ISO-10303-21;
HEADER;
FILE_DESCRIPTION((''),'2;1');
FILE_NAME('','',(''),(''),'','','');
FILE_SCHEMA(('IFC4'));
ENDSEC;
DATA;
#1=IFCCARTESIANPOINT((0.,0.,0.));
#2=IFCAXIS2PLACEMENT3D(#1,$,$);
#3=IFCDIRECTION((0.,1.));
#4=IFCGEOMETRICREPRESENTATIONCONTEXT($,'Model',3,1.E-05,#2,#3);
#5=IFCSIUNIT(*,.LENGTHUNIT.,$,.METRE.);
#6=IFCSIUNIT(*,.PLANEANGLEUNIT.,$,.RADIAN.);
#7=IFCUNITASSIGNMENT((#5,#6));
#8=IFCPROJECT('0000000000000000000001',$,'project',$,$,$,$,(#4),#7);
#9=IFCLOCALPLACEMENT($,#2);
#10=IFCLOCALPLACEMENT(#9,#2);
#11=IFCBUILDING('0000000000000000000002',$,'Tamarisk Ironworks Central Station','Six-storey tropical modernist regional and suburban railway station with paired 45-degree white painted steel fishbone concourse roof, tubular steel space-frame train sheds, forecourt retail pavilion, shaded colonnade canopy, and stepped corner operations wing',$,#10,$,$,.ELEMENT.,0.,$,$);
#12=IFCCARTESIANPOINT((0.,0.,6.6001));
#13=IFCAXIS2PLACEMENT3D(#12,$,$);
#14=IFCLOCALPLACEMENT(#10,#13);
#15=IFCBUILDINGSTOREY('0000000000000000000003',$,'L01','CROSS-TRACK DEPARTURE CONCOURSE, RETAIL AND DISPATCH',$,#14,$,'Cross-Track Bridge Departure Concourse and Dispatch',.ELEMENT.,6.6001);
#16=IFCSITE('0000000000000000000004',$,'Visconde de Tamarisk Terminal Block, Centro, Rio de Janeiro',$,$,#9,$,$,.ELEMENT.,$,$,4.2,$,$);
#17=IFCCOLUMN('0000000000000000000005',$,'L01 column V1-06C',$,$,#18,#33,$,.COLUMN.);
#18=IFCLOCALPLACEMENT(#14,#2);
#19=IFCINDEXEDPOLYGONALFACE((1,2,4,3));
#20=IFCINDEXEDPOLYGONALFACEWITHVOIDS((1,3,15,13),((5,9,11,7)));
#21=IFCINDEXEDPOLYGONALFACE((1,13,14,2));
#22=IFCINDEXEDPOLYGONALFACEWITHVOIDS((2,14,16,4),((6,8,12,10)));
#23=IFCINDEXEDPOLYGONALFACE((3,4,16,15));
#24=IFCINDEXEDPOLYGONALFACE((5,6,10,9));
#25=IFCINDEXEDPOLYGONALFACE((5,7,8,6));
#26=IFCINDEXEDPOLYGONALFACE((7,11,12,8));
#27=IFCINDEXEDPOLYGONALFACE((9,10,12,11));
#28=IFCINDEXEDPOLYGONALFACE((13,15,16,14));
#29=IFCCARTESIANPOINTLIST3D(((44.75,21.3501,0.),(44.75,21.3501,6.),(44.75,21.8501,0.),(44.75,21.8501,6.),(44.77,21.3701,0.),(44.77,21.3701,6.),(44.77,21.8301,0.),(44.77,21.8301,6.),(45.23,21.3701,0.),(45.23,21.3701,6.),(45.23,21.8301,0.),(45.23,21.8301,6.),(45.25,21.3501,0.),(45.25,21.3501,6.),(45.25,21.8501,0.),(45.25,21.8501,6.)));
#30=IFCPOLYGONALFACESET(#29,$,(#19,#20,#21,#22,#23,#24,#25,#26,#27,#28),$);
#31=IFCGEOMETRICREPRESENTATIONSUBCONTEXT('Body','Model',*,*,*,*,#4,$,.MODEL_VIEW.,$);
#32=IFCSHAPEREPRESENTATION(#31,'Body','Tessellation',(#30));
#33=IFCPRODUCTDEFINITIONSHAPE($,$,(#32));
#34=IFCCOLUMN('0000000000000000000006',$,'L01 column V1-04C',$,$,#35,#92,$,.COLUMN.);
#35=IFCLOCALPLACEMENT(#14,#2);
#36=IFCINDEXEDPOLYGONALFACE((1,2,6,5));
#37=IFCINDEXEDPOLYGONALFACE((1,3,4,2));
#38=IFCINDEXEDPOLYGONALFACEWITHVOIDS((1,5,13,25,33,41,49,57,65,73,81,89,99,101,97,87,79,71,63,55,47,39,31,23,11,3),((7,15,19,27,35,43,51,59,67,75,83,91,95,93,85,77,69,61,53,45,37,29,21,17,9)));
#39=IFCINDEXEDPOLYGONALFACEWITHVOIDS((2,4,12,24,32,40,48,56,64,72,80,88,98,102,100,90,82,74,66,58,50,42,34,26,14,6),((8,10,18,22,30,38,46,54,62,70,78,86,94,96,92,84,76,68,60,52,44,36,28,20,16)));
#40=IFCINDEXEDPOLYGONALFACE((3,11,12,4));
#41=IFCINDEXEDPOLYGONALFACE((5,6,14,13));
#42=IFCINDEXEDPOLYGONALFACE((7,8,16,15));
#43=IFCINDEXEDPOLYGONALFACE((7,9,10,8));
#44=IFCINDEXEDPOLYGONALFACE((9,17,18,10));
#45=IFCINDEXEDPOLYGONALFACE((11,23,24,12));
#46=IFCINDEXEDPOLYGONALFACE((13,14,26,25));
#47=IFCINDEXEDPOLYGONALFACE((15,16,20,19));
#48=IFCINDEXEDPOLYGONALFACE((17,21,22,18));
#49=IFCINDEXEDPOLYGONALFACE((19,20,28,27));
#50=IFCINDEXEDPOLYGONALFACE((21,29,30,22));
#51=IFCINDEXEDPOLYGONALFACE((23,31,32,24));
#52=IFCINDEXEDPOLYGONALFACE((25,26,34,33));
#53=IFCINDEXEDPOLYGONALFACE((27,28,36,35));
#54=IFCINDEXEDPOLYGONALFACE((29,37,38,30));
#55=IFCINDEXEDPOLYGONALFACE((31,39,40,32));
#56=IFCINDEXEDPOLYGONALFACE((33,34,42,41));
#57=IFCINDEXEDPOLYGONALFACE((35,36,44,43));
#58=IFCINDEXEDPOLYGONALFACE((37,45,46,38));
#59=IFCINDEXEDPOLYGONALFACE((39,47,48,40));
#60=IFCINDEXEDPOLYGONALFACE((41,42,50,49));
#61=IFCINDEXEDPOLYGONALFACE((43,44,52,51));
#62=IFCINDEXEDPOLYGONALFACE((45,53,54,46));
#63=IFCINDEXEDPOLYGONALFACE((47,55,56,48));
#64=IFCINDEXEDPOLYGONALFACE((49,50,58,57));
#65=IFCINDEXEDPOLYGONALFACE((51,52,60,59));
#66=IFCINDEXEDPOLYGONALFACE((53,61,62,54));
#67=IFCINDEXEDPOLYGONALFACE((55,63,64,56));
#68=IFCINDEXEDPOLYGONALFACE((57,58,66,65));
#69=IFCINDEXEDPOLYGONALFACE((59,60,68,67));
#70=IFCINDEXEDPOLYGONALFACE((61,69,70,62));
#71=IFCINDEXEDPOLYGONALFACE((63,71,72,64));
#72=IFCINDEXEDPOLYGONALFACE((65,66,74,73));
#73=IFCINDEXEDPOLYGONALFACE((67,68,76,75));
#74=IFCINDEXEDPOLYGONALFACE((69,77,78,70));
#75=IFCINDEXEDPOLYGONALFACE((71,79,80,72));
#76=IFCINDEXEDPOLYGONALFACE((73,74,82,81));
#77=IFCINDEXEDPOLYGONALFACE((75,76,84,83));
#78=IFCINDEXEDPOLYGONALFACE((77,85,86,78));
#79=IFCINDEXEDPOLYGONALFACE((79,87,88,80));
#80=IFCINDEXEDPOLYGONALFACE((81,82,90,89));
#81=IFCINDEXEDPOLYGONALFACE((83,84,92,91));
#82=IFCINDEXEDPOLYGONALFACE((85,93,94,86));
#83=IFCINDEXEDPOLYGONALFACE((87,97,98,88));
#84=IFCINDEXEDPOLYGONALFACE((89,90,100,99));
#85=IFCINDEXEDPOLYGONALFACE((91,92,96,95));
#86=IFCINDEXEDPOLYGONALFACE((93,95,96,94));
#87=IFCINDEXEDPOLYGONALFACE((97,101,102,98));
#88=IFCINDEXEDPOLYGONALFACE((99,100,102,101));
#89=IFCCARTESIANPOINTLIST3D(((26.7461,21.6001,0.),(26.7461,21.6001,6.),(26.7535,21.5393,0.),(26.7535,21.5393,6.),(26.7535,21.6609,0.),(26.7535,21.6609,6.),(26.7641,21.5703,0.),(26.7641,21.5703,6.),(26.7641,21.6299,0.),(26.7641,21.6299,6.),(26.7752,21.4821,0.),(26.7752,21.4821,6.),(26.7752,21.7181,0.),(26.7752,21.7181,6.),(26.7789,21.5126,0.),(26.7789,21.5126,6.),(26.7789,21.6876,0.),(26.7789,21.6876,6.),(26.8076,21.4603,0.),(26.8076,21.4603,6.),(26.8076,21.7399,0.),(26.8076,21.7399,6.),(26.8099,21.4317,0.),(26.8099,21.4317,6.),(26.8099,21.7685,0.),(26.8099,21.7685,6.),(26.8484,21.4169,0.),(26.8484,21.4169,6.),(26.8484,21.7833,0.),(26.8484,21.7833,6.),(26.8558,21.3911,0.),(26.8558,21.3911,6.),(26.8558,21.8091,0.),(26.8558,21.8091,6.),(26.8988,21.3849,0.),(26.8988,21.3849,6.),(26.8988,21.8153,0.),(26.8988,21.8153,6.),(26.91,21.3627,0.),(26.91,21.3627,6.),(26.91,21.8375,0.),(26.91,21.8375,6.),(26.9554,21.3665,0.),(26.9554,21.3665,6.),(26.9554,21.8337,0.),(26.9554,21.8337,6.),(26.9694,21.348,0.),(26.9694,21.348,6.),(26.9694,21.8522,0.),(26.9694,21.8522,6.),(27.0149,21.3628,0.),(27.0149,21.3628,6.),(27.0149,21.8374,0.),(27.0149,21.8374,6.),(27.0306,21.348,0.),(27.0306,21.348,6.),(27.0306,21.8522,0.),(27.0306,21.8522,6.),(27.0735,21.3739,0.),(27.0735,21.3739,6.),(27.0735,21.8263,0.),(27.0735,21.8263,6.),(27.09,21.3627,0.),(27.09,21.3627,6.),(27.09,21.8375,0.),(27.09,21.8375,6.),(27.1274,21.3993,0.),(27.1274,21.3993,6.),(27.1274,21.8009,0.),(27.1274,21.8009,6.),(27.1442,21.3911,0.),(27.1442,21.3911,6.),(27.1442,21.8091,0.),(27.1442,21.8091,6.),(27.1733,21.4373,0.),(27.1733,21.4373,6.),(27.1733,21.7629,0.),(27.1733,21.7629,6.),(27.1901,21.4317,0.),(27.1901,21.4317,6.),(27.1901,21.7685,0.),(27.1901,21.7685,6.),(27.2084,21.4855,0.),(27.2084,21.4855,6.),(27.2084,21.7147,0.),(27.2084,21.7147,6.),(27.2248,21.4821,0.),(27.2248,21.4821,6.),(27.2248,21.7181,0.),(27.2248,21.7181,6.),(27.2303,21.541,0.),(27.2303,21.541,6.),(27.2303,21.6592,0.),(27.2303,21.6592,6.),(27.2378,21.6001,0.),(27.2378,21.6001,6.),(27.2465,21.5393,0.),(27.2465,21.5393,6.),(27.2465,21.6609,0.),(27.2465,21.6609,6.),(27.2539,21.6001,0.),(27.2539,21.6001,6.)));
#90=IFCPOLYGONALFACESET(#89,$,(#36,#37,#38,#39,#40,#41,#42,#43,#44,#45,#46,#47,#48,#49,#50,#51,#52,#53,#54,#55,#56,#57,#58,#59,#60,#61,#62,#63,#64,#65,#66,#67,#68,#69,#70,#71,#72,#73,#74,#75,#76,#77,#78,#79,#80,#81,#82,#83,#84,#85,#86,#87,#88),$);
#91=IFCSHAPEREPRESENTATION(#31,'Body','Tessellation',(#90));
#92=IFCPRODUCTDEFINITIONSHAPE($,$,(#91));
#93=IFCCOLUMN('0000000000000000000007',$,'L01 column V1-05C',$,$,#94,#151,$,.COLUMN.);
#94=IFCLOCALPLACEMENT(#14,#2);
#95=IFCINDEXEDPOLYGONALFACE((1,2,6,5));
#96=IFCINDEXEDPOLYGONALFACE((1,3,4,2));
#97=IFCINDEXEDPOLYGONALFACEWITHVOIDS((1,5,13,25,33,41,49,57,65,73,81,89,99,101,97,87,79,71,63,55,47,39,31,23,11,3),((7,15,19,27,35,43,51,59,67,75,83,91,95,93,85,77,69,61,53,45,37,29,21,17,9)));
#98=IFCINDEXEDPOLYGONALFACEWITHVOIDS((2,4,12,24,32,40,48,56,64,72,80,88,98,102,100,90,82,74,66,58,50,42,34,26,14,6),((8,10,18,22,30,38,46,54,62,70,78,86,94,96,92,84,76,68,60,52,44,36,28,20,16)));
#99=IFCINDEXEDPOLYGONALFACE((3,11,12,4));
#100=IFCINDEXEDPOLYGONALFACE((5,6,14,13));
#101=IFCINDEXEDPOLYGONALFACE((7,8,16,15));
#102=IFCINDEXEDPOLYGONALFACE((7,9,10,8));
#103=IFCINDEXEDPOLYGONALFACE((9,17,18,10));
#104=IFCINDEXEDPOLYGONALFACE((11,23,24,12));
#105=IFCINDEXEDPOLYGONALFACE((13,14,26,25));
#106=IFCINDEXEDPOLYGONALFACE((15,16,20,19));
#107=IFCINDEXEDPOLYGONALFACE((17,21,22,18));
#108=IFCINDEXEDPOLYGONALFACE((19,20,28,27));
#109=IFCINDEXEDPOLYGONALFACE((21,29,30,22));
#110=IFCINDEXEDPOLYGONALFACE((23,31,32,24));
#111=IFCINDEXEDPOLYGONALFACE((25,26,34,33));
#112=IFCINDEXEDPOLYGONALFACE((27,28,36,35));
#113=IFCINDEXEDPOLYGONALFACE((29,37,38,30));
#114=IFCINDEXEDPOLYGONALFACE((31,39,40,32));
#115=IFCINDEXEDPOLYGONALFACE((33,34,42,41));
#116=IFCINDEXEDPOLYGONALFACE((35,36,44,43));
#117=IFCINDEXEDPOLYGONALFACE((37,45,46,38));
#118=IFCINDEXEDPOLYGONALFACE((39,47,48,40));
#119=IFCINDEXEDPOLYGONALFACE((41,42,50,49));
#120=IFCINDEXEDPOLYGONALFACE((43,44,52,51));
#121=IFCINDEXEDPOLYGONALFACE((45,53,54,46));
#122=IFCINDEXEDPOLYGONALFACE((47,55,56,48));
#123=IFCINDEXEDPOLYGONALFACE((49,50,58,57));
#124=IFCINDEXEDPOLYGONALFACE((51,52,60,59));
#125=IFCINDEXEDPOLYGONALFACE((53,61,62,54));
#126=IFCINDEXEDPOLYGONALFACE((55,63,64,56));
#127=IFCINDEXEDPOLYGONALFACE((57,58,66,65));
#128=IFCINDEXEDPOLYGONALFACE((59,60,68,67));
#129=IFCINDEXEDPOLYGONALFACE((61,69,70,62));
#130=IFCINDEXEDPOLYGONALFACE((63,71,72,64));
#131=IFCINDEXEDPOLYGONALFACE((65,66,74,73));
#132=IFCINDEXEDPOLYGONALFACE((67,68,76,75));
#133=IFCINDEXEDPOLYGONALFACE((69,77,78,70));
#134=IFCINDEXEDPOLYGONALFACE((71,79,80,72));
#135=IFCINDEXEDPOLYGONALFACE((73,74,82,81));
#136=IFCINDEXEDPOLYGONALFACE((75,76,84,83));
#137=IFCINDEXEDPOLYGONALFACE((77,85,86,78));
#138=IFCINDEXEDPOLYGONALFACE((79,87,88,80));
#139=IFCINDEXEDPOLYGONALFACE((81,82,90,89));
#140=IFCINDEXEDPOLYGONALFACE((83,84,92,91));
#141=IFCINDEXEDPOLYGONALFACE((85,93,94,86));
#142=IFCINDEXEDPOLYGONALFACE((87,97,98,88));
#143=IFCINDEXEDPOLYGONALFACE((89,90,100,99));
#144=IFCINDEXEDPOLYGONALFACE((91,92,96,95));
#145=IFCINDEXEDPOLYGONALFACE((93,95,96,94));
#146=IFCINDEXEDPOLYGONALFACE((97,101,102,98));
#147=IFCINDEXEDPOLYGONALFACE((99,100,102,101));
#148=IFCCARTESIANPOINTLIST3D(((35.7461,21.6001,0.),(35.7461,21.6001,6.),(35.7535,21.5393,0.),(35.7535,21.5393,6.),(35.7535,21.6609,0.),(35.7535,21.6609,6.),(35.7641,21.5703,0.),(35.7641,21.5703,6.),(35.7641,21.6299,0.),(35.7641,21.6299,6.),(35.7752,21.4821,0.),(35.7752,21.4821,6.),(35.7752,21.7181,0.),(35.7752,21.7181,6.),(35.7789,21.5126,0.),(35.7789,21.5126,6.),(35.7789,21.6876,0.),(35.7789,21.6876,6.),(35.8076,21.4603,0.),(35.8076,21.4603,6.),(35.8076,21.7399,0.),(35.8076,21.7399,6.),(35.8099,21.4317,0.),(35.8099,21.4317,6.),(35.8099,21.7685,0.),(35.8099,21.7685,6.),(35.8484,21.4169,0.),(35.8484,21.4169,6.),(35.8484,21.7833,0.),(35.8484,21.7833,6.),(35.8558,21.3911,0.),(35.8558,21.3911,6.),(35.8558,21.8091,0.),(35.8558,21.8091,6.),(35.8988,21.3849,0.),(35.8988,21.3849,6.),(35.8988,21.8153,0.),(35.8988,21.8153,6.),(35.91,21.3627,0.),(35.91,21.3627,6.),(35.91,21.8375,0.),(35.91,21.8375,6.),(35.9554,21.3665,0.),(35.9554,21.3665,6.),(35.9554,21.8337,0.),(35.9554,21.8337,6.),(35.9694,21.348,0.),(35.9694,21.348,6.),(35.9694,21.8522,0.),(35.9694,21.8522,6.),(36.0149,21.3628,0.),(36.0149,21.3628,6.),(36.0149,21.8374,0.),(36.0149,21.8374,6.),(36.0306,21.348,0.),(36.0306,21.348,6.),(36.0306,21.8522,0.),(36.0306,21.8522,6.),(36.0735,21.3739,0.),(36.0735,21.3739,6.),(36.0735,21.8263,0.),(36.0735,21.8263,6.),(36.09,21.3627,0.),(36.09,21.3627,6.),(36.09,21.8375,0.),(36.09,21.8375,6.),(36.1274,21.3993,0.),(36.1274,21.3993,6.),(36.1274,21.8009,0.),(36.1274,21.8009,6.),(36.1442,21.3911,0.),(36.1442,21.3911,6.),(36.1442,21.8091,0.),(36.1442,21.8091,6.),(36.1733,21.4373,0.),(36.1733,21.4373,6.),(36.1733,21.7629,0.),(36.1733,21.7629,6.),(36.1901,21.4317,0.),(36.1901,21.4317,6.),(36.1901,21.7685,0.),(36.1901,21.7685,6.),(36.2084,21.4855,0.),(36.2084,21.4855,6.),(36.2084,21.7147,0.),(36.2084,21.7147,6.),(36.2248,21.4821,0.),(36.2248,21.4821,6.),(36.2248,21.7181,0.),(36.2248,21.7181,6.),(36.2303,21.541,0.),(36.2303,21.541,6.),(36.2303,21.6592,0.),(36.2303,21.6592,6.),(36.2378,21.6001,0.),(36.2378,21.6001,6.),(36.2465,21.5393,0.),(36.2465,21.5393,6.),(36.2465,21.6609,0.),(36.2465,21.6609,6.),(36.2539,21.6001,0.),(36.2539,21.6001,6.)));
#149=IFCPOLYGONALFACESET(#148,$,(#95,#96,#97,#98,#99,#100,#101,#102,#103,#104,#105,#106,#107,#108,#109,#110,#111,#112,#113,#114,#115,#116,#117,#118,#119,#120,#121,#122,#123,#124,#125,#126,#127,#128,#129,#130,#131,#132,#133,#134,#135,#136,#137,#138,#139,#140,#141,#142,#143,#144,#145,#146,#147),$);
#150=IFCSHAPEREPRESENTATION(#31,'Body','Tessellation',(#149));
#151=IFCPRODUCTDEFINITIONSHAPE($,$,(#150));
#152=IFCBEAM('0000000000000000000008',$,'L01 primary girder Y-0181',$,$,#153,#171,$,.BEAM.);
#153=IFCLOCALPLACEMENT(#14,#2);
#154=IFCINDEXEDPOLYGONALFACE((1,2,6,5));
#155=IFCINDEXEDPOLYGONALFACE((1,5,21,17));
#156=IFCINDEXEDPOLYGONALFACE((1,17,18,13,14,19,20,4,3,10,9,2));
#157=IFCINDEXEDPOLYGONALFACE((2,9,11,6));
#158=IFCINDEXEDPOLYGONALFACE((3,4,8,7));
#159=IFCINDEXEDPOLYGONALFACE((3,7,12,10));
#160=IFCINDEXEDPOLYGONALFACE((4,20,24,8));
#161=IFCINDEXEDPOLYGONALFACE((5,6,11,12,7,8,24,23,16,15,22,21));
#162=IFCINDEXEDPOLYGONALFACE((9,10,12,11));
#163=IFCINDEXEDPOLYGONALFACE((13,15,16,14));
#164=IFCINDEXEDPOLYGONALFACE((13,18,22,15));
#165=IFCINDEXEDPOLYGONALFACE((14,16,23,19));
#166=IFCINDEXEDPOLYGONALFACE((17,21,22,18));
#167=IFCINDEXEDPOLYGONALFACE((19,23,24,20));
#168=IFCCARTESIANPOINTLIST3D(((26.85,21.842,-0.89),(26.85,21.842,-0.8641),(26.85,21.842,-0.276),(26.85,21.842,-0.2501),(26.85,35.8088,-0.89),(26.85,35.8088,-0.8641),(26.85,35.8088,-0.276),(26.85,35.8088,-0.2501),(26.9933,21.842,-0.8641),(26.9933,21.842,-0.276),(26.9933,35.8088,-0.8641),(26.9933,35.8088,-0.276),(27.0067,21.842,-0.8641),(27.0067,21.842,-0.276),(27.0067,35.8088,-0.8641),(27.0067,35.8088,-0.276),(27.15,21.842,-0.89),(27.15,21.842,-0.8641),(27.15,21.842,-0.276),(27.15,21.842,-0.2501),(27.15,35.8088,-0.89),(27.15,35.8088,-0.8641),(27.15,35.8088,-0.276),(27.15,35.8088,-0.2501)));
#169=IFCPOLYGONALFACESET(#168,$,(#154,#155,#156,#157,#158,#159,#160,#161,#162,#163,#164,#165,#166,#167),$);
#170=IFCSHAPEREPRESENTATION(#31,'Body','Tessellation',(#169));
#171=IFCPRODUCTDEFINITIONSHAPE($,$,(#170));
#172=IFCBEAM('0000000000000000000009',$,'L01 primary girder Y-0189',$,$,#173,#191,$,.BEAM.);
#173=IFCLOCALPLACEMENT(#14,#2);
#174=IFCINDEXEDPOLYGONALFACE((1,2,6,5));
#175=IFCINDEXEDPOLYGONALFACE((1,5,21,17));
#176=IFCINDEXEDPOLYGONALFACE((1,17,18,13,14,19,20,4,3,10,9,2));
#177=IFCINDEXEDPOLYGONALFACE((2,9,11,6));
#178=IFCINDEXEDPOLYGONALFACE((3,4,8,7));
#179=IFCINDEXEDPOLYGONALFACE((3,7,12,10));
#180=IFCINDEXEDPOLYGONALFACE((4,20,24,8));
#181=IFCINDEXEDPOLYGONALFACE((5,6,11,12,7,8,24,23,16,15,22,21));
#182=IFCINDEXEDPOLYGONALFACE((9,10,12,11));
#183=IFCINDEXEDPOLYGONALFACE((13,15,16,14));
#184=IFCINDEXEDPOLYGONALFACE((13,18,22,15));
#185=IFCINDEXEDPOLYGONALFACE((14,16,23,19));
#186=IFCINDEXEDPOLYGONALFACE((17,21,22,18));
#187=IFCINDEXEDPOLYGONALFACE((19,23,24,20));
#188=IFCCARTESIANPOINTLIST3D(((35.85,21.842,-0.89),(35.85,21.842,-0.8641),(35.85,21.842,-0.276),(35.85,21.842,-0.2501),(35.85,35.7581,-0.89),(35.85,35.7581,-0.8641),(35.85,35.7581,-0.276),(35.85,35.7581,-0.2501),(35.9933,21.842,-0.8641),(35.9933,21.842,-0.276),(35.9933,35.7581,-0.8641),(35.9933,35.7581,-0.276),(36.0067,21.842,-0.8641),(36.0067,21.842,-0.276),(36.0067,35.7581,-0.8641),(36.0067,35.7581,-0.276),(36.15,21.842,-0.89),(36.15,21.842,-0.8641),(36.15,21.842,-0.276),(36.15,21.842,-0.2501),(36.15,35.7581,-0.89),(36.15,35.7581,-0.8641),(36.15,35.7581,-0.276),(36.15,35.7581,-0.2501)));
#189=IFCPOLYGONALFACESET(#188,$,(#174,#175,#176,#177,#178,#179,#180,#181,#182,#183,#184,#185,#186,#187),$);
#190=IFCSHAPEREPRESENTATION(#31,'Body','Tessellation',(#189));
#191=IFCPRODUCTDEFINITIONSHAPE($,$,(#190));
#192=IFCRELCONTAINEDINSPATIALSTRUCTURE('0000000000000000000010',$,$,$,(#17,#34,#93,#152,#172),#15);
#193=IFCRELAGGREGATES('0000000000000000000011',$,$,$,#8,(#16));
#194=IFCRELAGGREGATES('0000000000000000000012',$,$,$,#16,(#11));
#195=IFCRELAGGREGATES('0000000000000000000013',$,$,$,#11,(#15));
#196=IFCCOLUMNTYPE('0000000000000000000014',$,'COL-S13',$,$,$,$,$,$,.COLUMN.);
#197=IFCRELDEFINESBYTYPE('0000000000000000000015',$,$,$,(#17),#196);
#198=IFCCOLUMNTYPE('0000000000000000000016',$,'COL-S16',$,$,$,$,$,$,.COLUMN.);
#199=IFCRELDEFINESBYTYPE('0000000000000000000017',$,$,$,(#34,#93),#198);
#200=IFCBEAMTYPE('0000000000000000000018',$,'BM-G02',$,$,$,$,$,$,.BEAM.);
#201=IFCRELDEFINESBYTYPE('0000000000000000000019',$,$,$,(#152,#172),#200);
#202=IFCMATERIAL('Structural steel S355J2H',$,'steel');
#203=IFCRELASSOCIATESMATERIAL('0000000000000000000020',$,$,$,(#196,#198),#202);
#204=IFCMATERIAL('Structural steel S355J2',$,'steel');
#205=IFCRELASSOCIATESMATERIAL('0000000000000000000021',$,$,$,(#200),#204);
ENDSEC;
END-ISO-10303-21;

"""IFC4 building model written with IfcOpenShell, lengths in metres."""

from ifc_helpers import new_model, si_unit, direction, frame, origin, origin_2d, place, context, subcontext, project, spatial, hollow_rectangle, hollow_circle, i_section, extrude, material, material_profile, profile_set, type_object, element, save


model = new_model("IFC4")

# Units and contexts
model_context = context("Model", 3, precision=1e-05, world=origin(), true_north=direction((0.0, 1.0)))
body_context = subcontext(model_context, "Body", "Model", "MODEL_VIEW")
ifc_project = project(units=[si_unit("LENGTHUNIT", "METRE"), si_unit("PLANEANGLEUNIT", "RADIAN")], contexts=[model_context])

# Site, building, storey
site_placement = place(None, origin())
site = spatial("IfcSite", under=ifc_project, at=site_placement, Name="Visconde de Tamarisk Terminal Block, Centro, Rio de Janeiro", CompositionType="ELEMENT", RefElevation=4.2)
building_placement = place(site_placement, origin())
building = spatial("IfcBuilding", under=site, at=building_placement, Name="Tamarisk Ironworks Central Station", Description="Six-storey tropical modernist regional and suburban railway station with paired 45-degree white painted steel fishbone concourse roof, tubular steel space-frame train sheds, forecourt retail pavilion, shaded colonnade canopy, and stepped corner operations wing", CompositionType="ELEMENT", ElevationOfRefHeight=0.0)
storey_placement = place(building_placement, frame((0.0, 0.0, 6.6001)))
storey = spatial("IfcBuildingStorey", under=building, at=storey_placement, Name="L01", Description="CROSS-TRACK DEPARTURE CONCOURSE, RETAIL AND DISPATCH", LongName="Cross-Track Bridge Departure Concourse and Dispatch", CompositionType="ELEMENT", Elevation=6.6001)

# Columns
ifc_material_1 = material(Name="Structural steel S355J2H", Category="steel")
ifc_material_profile_1 = material_profile(ifc_material_1, hollow_rectangle(XDim=0.5, YDim=0.5, WallThickness=0.02, at=origin_2d()), Name="SHS 500x500x20")
ifc_profile_set_1 = profile_set([ifc_material_profile_1], Name="Structural steel S355J2H")
column_type_1 = type_object("IfcColumnType", Name="COL-S13", PredefinedType="COLUMN", material=ifc_profile_set_1)
column_placement = place(storey_placement, frame((45.0, 21.6001, 0.0), z_axis=(0.0, 0.0, 1.0), x_axis=(1.0, 0.0, 0.0)))
element("IfcColumn", 1, at=column_placement, inside=storey, type_object=column_type_1, Name="L01 column V1-06C", PredefinedType="COLUMN", context=body_context, shape_type="SweptSolid", body=[
    extrude(hollow_rectangle(XDim=0.5, YDim=0.5, WallThickness=0.02, at=origin_2d()), origin(), (0.0, 0.0, 1.0), 6.0),
])
ifc_material_profile_2 = material_profile(ifc_material_1, hollow_circle(Radius=0.2539, WallThickness=0.0161, at=origin_2d()), Name="CHS 508x16")
ifc_profile_set_2 = profile_set([ifc_material_profile_2], Name="Structural steel S355J2H")
column_type_2 = type_object("IfcColumnType", Name="COL-S16", PredefinedType="COLUMN", material=ifc_profile_set_2)
for number, where, z_axis, x_axis, name in (
    (2, (27.0, 21.6001, 0.0), (0.0, 0.0, 1.0), (1.0, 0.0, 0.0), "L01 column V1-04C"),
    (3, (36.0, 21.6001, 0.0), (0.0, 0.0, 1.0), (1.0, 0.0, 0.0), "L01 column V1-05C"),
):
    element("IfcColumn", number, at=place(storey_placement, frame(where, z_axis=z_axis, x_axis=x_axis)), inside=storey, type_object=column_type_2, Name=name, PredefinedType="COLUMN", context=body_context, shape_type="SweptSolid", body=[
        extrude(hollow_circle(Radius=0.2539, WallThickness=0.0161, at=origin_2d()), origin(), (0.0, 0.0, 1.0), 6.0),
    ])

# Beams
ifc_material_2 = material(Name="Structural steel S355J2", Category="steel")
ifc_material_profile_3 = material_profile(ifc_material_2, i_section(OverallWidth=0.3, OverallDepth=0.6399, WebThickness=0.0134, FlangeThickness=0.0259, at=origin_2d()), Name="HEA 650")
ifc_profile_set_3 = profile_set([ifc_material_profile_3], Name="Structural steel S355J2")
beam_type_1 = type_object("IfcBeamType", Name="BM-G02", PredefinedType="BEAM", material=ifc_profile_set_3)
beam_1_placement = place(storey_placement, frame((27.0, 21.842, -0.5701), z_axis=(0.0, 1.0, 0.0), x_axis=(-1.0, 0.0, 0.0)))
element("IfcBeam", 4, at=beam_1_placement, inside=storey, type_object=beam_type_1, Name="L01 primary girder Y-0181", PredefinedType="BEAM", context=body_context, shape_type="SweptSolid", body=[
    extrude(i_section(OverallWidth=0.3, OverallDepth=0.6399, WebThickness=0.0134, FlangeThickness=0.0259, at=origin_2d()), origin(), (0.0, 0.0, 1.0), 13.9668),
])
beam_2_placement = place(storey_placement, frame((36.0, 21.842, -0.5701), z_axis=(0.0, 1.0, 0.0), x_axis=(-1.0, 0.0, 0.0)))
element("IfcBeam", 5, at=beam_2_placement, inside=storey, type_object=beam_type_1, Name="L01 primary girder Y-0189", PredefinedType="BEAM", context=body_context, shape_type="SweptSolid", body=[
    extrude(i_section(OverallWidth=0.3, OverallDepth=0.6399, WebThickness=0.0134, FlangeThickness=0.0259, at=origin_2d()), origin(), (0.0, 0.0, 1.0), 13.916),
])

save(model, "model.ifc")
